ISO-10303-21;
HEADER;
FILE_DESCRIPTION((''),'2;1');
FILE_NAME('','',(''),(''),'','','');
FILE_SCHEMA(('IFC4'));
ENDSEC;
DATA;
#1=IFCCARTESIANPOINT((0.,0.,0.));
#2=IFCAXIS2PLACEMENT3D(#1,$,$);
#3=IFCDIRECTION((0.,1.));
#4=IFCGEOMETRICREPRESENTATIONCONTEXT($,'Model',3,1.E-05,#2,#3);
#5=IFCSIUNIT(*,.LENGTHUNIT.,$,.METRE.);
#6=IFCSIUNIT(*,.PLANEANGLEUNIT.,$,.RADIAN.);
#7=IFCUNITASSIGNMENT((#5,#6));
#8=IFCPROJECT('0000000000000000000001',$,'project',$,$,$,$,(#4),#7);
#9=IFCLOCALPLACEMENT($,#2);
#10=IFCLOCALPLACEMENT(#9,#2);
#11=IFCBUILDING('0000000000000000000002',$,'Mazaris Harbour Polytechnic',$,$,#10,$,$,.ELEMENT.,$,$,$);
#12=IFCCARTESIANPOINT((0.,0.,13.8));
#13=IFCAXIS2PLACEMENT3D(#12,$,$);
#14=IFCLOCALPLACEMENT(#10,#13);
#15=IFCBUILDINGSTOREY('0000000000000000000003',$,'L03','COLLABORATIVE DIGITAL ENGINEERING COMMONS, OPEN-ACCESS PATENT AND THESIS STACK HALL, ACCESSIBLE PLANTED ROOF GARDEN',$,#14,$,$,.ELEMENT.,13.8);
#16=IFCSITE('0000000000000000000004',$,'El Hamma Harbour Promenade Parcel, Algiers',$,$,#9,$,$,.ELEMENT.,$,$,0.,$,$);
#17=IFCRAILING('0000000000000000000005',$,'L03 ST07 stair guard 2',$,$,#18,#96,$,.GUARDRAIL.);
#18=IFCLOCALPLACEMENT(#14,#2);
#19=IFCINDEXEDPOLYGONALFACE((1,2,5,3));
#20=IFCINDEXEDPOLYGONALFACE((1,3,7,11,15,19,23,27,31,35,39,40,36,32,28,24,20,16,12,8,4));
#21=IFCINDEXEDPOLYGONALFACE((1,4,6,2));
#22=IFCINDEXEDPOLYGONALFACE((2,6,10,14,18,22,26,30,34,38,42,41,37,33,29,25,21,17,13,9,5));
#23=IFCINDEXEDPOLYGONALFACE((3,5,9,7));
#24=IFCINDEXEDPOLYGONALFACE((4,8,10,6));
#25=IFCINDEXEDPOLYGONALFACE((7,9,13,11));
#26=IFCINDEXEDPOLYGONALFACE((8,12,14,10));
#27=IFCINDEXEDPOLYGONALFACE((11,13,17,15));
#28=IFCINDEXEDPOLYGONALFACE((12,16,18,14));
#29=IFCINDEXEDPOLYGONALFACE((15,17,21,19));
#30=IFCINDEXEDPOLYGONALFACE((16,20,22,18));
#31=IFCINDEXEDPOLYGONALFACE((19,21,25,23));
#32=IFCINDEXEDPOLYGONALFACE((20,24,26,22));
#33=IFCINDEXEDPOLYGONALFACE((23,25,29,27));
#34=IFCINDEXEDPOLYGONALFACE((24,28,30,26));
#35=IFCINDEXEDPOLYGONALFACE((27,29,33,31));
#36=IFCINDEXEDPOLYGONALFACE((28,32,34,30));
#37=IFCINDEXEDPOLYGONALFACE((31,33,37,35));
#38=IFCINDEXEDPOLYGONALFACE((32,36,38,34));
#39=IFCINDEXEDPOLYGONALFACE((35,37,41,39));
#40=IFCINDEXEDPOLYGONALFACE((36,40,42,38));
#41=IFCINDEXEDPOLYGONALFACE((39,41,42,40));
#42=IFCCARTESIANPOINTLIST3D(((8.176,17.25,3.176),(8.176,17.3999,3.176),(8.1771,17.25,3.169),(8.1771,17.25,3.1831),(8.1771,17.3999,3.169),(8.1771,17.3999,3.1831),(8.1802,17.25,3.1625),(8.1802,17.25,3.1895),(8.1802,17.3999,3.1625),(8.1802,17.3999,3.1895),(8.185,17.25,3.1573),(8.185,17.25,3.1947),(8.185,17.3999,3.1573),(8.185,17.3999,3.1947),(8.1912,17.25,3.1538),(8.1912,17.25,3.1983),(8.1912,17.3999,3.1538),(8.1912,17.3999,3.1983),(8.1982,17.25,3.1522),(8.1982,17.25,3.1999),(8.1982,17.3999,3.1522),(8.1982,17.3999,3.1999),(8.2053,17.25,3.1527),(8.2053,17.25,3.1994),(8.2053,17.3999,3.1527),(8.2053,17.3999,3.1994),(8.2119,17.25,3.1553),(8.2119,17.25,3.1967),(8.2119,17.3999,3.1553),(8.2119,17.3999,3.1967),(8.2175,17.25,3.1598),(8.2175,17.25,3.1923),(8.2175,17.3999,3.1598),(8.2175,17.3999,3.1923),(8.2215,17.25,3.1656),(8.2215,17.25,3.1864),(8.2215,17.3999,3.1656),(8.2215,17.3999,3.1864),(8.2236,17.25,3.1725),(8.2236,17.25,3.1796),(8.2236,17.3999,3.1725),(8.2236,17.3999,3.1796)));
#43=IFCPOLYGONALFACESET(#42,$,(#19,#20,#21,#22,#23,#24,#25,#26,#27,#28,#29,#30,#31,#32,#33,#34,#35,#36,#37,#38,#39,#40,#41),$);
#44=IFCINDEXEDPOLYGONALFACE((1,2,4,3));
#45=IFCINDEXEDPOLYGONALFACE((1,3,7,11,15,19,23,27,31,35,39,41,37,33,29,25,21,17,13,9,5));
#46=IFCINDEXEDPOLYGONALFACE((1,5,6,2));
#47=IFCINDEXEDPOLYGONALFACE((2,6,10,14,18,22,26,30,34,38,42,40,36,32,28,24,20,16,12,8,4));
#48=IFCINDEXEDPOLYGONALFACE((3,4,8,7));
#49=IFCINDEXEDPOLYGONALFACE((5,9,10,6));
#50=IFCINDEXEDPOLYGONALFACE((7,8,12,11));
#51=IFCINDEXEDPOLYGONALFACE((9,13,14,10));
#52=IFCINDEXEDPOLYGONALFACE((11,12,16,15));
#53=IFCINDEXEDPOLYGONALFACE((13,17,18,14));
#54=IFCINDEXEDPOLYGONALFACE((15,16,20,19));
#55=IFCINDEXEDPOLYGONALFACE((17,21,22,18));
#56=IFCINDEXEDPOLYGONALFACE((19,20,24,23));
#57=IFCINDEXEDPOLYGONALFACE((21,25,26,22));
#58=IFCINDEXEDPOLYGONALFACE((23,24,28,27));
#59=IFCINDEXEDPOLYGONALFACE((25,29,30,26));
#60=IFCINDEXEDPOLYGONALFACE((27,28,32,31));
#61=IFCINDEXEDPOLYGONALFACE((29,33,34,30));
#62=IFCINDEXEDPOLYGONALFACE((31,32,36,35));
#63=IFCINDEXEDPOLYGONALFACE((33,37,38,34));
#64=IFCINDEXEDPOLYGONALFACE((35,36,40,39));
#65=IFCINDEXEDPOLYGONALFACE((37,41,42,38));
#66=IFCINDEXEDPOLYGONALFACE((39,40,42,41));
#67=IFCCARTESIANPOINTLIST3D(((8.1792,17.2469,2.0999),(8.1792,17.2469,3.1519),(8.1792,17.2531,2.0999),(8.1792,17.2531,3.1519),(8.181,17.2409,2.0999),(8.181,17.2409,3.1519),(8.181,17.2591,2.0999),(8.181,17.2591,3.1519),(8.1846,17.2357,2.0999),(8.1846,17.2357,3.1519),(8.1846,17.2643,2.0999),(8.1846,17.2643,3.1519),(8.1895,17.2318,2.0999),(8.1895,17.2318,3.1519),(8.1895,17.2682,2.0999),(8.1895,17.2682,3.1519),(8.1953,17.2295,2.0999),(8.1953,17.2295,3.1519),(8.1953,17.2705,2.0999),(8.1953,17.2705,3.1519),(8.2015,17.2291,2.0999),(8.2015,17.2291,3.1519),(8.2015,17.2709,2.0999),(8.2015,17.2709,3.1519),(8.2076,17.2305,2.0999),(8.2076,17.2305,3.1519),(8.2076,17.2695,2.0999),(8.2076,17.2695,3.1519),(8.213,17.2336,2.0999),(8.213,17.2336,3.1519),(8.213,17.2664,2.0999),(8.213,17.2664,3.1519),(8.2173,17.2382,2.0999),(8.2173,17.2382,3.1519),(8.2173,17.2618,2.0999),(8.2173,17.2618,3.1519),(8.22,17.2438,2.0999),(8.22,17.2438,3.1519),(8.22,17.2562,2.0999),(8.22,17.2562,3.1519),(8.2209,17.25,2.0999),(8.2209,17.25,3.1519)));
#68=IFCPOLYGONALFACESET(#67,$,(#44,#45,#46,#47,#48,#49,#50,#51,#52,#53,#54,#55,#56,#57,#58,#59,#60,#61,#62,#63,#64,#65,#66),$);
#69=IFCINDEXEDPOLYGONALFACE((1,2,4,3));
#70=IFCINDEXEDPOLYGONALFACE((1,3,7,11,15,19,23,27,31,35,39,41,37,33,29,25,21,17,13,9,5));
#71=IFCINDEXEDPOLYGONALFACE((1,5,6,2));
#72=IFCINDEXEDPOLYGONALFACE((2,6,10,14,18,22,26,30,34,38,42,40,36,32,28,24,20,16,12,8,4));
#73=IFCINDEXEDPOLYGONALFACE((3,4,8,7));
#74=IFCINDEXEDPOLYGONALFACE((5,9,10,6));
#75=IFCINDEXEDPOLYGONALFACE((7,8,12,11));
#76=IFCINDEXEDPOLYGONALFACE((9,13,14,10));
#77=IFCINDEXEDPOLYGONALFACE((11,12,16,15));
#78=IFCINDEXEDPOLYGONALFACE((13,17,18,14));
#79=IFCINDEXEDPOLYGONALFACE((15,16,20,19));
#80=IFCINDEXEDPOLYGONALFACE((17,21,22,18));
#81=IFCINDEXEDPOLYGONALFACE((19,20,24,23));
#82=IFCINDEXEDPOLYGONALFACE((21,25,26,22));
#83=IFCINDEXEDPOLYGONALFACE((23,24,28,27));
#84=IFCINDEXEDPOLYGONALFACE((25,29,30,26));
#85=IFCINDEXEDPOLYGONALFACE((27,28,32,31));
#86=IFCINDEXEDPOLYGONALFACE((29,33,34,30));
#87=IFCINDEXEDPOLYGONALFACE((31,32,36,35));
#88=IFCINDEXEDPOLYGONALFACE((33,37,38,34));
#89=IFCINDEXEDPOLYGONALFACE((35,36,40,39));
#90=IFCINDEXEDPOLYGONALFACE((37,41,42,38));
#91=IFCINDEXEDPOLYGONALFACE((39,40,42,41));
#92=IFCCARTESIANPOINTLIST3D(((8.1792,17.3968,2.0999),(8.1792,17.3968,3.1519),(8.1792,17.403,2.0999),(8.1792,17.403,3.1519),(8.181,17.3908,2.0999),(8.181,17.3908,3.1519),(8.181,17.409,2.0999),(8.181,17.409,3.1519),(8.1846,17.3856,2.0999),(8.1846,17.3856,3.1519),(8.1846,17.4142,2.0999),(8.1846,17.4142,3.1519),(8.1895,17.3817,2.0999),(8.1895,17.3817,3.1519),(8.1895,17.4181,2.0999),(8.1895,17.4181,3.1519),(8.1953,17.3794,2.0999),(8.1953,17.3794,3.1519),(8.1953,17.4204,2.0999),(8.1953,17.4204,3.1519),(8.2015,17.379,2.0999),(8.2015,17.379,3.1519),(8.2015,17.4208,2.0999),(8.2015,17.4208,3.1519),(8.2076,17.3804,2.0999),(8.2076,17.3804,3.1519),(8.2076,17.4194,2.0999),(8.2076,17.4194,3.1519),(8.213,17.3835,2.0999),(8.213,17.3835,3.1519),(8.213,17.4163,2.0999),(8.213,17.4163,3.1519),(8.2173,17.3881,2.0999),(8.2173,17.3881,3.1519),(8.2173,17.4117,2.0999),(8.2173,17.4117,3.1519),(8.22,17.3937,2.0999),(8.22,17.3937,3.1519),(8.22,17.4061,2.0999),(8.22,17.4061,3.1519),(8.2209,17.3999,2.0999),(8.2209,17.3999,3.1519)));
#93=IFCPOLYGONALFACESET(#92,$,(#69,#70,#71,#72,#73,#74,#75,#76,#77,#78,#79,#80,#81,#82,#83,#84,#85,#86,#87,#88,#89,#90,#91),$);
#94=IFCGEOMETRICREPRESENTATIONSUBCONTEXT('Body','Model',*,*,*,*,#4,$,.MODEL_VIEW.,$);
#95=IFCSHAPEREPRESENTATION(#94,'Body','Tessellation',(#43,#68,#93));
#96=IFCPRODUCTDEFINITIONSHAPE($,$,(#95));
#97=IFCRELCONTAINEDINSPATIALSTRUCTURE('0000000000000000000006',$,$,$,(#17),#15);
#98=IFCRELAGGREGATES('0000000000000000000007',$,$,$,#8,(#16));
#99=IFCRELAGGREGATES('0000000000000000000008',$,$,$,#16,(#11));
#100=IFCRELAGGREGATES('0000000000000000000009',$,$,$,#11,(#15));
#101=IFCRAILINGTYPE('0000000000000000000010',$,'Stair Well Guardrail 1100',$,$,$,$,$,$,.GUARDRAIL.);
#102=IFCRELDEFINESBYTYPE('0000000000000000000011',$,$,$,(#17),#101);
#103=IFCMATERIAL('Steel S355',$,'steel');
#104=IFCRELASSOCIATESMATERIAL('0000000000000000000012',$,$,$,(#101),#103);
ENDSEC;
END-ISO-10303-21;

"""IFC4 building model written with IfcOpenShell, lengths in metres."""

from ifc_helpers import new_model, si_unit, direction, frame, origin, origin_2d, place, context, subcontext, project, spatial, circle, extrude, material, type_object, element, save


model = new_model("IFC4")

# Units and contexts
model_context = context("Model", 3, precision=1e-05, world=origin(), true_north=direction((0.0, 1.0)))
body_context = subcontext(model_context, "Body", "Model", "MODEL_VIEW")
ifc_project = project(units=[si_unit("LENGTHUNIT", "METRE"), si_unit("PLANEANGLEUNIT", "RADIAN")], contexts=[model_context])

# Site, building, storey
site_placement = place(None, origin())
site = spatial("IfcSite", under=ifc_project, at=site_placement, Name="El Hamma Harbour Promenade Parcel, Algiers", CompositionType="ELEMENT", RefElevation=0.0)
building_placement = place(site_placement, origin())
building = spatial("IfcBuilding", under=site, at=building_placement, Name="Mazaris Harbour Polytechnic", CompositionType="ELEMENT")
storey_placement = place(building_placement, frame((0.0, 0.0, 13.8)))
storey = spatial("IfcBuildingStorey", under=building, at=storey_placement, Name="L03", Description="COLLABORATIVE DIGITAL ENGINEERING COMMONS, OPEN-ACCESS PATENT AND THESIS STACK HALL, ACCESSIBLE PLANTED ROOF GARDEN", CompositionType="ELEMENT", Elevation=13.8)

# Railing
ifc_material_1 = material(Name="Steel S355", Category="steel")
railing_type_1 = type_object("IfcRailingType", Name="Stair Well Guardrail 1100", PredefinedType="GUARDRAIL", material=ifc_material_1)
railing_1_placement = place(storey_placement, frame((8.2, 17.25, 2.0999)))
element("IfcRailing", 1, at=railing_1_placement, inside=storey, type_object=railing_type_1, Name="L03 ST07 stair guard 2", PredefinedType="GUARDRAIL", context=body_context, shape_type="SweptSolid", body=[
    extrude(circle(Radius=0.0239, at=origin_2d()), frame((0.0, 0.0, 1.0762), z_axis=(0.0, 1.0, 0.0), x_axis=(-1.0, 0.0, 0.0)), (0.0, 0.0, 1.0), 0.1499),
    extrude(circle(Radius=0.021, at=origin_2d()), origin(), (0.0, 0.0, 1.0), 1.052),
    extrude(circle(Radius=0.021, at=origin_2d()), frame((0.0, 0.1499, 0.0)), (0.0, 0.0, 1.0), 1.052),
])

save(model, "model.ifc")
